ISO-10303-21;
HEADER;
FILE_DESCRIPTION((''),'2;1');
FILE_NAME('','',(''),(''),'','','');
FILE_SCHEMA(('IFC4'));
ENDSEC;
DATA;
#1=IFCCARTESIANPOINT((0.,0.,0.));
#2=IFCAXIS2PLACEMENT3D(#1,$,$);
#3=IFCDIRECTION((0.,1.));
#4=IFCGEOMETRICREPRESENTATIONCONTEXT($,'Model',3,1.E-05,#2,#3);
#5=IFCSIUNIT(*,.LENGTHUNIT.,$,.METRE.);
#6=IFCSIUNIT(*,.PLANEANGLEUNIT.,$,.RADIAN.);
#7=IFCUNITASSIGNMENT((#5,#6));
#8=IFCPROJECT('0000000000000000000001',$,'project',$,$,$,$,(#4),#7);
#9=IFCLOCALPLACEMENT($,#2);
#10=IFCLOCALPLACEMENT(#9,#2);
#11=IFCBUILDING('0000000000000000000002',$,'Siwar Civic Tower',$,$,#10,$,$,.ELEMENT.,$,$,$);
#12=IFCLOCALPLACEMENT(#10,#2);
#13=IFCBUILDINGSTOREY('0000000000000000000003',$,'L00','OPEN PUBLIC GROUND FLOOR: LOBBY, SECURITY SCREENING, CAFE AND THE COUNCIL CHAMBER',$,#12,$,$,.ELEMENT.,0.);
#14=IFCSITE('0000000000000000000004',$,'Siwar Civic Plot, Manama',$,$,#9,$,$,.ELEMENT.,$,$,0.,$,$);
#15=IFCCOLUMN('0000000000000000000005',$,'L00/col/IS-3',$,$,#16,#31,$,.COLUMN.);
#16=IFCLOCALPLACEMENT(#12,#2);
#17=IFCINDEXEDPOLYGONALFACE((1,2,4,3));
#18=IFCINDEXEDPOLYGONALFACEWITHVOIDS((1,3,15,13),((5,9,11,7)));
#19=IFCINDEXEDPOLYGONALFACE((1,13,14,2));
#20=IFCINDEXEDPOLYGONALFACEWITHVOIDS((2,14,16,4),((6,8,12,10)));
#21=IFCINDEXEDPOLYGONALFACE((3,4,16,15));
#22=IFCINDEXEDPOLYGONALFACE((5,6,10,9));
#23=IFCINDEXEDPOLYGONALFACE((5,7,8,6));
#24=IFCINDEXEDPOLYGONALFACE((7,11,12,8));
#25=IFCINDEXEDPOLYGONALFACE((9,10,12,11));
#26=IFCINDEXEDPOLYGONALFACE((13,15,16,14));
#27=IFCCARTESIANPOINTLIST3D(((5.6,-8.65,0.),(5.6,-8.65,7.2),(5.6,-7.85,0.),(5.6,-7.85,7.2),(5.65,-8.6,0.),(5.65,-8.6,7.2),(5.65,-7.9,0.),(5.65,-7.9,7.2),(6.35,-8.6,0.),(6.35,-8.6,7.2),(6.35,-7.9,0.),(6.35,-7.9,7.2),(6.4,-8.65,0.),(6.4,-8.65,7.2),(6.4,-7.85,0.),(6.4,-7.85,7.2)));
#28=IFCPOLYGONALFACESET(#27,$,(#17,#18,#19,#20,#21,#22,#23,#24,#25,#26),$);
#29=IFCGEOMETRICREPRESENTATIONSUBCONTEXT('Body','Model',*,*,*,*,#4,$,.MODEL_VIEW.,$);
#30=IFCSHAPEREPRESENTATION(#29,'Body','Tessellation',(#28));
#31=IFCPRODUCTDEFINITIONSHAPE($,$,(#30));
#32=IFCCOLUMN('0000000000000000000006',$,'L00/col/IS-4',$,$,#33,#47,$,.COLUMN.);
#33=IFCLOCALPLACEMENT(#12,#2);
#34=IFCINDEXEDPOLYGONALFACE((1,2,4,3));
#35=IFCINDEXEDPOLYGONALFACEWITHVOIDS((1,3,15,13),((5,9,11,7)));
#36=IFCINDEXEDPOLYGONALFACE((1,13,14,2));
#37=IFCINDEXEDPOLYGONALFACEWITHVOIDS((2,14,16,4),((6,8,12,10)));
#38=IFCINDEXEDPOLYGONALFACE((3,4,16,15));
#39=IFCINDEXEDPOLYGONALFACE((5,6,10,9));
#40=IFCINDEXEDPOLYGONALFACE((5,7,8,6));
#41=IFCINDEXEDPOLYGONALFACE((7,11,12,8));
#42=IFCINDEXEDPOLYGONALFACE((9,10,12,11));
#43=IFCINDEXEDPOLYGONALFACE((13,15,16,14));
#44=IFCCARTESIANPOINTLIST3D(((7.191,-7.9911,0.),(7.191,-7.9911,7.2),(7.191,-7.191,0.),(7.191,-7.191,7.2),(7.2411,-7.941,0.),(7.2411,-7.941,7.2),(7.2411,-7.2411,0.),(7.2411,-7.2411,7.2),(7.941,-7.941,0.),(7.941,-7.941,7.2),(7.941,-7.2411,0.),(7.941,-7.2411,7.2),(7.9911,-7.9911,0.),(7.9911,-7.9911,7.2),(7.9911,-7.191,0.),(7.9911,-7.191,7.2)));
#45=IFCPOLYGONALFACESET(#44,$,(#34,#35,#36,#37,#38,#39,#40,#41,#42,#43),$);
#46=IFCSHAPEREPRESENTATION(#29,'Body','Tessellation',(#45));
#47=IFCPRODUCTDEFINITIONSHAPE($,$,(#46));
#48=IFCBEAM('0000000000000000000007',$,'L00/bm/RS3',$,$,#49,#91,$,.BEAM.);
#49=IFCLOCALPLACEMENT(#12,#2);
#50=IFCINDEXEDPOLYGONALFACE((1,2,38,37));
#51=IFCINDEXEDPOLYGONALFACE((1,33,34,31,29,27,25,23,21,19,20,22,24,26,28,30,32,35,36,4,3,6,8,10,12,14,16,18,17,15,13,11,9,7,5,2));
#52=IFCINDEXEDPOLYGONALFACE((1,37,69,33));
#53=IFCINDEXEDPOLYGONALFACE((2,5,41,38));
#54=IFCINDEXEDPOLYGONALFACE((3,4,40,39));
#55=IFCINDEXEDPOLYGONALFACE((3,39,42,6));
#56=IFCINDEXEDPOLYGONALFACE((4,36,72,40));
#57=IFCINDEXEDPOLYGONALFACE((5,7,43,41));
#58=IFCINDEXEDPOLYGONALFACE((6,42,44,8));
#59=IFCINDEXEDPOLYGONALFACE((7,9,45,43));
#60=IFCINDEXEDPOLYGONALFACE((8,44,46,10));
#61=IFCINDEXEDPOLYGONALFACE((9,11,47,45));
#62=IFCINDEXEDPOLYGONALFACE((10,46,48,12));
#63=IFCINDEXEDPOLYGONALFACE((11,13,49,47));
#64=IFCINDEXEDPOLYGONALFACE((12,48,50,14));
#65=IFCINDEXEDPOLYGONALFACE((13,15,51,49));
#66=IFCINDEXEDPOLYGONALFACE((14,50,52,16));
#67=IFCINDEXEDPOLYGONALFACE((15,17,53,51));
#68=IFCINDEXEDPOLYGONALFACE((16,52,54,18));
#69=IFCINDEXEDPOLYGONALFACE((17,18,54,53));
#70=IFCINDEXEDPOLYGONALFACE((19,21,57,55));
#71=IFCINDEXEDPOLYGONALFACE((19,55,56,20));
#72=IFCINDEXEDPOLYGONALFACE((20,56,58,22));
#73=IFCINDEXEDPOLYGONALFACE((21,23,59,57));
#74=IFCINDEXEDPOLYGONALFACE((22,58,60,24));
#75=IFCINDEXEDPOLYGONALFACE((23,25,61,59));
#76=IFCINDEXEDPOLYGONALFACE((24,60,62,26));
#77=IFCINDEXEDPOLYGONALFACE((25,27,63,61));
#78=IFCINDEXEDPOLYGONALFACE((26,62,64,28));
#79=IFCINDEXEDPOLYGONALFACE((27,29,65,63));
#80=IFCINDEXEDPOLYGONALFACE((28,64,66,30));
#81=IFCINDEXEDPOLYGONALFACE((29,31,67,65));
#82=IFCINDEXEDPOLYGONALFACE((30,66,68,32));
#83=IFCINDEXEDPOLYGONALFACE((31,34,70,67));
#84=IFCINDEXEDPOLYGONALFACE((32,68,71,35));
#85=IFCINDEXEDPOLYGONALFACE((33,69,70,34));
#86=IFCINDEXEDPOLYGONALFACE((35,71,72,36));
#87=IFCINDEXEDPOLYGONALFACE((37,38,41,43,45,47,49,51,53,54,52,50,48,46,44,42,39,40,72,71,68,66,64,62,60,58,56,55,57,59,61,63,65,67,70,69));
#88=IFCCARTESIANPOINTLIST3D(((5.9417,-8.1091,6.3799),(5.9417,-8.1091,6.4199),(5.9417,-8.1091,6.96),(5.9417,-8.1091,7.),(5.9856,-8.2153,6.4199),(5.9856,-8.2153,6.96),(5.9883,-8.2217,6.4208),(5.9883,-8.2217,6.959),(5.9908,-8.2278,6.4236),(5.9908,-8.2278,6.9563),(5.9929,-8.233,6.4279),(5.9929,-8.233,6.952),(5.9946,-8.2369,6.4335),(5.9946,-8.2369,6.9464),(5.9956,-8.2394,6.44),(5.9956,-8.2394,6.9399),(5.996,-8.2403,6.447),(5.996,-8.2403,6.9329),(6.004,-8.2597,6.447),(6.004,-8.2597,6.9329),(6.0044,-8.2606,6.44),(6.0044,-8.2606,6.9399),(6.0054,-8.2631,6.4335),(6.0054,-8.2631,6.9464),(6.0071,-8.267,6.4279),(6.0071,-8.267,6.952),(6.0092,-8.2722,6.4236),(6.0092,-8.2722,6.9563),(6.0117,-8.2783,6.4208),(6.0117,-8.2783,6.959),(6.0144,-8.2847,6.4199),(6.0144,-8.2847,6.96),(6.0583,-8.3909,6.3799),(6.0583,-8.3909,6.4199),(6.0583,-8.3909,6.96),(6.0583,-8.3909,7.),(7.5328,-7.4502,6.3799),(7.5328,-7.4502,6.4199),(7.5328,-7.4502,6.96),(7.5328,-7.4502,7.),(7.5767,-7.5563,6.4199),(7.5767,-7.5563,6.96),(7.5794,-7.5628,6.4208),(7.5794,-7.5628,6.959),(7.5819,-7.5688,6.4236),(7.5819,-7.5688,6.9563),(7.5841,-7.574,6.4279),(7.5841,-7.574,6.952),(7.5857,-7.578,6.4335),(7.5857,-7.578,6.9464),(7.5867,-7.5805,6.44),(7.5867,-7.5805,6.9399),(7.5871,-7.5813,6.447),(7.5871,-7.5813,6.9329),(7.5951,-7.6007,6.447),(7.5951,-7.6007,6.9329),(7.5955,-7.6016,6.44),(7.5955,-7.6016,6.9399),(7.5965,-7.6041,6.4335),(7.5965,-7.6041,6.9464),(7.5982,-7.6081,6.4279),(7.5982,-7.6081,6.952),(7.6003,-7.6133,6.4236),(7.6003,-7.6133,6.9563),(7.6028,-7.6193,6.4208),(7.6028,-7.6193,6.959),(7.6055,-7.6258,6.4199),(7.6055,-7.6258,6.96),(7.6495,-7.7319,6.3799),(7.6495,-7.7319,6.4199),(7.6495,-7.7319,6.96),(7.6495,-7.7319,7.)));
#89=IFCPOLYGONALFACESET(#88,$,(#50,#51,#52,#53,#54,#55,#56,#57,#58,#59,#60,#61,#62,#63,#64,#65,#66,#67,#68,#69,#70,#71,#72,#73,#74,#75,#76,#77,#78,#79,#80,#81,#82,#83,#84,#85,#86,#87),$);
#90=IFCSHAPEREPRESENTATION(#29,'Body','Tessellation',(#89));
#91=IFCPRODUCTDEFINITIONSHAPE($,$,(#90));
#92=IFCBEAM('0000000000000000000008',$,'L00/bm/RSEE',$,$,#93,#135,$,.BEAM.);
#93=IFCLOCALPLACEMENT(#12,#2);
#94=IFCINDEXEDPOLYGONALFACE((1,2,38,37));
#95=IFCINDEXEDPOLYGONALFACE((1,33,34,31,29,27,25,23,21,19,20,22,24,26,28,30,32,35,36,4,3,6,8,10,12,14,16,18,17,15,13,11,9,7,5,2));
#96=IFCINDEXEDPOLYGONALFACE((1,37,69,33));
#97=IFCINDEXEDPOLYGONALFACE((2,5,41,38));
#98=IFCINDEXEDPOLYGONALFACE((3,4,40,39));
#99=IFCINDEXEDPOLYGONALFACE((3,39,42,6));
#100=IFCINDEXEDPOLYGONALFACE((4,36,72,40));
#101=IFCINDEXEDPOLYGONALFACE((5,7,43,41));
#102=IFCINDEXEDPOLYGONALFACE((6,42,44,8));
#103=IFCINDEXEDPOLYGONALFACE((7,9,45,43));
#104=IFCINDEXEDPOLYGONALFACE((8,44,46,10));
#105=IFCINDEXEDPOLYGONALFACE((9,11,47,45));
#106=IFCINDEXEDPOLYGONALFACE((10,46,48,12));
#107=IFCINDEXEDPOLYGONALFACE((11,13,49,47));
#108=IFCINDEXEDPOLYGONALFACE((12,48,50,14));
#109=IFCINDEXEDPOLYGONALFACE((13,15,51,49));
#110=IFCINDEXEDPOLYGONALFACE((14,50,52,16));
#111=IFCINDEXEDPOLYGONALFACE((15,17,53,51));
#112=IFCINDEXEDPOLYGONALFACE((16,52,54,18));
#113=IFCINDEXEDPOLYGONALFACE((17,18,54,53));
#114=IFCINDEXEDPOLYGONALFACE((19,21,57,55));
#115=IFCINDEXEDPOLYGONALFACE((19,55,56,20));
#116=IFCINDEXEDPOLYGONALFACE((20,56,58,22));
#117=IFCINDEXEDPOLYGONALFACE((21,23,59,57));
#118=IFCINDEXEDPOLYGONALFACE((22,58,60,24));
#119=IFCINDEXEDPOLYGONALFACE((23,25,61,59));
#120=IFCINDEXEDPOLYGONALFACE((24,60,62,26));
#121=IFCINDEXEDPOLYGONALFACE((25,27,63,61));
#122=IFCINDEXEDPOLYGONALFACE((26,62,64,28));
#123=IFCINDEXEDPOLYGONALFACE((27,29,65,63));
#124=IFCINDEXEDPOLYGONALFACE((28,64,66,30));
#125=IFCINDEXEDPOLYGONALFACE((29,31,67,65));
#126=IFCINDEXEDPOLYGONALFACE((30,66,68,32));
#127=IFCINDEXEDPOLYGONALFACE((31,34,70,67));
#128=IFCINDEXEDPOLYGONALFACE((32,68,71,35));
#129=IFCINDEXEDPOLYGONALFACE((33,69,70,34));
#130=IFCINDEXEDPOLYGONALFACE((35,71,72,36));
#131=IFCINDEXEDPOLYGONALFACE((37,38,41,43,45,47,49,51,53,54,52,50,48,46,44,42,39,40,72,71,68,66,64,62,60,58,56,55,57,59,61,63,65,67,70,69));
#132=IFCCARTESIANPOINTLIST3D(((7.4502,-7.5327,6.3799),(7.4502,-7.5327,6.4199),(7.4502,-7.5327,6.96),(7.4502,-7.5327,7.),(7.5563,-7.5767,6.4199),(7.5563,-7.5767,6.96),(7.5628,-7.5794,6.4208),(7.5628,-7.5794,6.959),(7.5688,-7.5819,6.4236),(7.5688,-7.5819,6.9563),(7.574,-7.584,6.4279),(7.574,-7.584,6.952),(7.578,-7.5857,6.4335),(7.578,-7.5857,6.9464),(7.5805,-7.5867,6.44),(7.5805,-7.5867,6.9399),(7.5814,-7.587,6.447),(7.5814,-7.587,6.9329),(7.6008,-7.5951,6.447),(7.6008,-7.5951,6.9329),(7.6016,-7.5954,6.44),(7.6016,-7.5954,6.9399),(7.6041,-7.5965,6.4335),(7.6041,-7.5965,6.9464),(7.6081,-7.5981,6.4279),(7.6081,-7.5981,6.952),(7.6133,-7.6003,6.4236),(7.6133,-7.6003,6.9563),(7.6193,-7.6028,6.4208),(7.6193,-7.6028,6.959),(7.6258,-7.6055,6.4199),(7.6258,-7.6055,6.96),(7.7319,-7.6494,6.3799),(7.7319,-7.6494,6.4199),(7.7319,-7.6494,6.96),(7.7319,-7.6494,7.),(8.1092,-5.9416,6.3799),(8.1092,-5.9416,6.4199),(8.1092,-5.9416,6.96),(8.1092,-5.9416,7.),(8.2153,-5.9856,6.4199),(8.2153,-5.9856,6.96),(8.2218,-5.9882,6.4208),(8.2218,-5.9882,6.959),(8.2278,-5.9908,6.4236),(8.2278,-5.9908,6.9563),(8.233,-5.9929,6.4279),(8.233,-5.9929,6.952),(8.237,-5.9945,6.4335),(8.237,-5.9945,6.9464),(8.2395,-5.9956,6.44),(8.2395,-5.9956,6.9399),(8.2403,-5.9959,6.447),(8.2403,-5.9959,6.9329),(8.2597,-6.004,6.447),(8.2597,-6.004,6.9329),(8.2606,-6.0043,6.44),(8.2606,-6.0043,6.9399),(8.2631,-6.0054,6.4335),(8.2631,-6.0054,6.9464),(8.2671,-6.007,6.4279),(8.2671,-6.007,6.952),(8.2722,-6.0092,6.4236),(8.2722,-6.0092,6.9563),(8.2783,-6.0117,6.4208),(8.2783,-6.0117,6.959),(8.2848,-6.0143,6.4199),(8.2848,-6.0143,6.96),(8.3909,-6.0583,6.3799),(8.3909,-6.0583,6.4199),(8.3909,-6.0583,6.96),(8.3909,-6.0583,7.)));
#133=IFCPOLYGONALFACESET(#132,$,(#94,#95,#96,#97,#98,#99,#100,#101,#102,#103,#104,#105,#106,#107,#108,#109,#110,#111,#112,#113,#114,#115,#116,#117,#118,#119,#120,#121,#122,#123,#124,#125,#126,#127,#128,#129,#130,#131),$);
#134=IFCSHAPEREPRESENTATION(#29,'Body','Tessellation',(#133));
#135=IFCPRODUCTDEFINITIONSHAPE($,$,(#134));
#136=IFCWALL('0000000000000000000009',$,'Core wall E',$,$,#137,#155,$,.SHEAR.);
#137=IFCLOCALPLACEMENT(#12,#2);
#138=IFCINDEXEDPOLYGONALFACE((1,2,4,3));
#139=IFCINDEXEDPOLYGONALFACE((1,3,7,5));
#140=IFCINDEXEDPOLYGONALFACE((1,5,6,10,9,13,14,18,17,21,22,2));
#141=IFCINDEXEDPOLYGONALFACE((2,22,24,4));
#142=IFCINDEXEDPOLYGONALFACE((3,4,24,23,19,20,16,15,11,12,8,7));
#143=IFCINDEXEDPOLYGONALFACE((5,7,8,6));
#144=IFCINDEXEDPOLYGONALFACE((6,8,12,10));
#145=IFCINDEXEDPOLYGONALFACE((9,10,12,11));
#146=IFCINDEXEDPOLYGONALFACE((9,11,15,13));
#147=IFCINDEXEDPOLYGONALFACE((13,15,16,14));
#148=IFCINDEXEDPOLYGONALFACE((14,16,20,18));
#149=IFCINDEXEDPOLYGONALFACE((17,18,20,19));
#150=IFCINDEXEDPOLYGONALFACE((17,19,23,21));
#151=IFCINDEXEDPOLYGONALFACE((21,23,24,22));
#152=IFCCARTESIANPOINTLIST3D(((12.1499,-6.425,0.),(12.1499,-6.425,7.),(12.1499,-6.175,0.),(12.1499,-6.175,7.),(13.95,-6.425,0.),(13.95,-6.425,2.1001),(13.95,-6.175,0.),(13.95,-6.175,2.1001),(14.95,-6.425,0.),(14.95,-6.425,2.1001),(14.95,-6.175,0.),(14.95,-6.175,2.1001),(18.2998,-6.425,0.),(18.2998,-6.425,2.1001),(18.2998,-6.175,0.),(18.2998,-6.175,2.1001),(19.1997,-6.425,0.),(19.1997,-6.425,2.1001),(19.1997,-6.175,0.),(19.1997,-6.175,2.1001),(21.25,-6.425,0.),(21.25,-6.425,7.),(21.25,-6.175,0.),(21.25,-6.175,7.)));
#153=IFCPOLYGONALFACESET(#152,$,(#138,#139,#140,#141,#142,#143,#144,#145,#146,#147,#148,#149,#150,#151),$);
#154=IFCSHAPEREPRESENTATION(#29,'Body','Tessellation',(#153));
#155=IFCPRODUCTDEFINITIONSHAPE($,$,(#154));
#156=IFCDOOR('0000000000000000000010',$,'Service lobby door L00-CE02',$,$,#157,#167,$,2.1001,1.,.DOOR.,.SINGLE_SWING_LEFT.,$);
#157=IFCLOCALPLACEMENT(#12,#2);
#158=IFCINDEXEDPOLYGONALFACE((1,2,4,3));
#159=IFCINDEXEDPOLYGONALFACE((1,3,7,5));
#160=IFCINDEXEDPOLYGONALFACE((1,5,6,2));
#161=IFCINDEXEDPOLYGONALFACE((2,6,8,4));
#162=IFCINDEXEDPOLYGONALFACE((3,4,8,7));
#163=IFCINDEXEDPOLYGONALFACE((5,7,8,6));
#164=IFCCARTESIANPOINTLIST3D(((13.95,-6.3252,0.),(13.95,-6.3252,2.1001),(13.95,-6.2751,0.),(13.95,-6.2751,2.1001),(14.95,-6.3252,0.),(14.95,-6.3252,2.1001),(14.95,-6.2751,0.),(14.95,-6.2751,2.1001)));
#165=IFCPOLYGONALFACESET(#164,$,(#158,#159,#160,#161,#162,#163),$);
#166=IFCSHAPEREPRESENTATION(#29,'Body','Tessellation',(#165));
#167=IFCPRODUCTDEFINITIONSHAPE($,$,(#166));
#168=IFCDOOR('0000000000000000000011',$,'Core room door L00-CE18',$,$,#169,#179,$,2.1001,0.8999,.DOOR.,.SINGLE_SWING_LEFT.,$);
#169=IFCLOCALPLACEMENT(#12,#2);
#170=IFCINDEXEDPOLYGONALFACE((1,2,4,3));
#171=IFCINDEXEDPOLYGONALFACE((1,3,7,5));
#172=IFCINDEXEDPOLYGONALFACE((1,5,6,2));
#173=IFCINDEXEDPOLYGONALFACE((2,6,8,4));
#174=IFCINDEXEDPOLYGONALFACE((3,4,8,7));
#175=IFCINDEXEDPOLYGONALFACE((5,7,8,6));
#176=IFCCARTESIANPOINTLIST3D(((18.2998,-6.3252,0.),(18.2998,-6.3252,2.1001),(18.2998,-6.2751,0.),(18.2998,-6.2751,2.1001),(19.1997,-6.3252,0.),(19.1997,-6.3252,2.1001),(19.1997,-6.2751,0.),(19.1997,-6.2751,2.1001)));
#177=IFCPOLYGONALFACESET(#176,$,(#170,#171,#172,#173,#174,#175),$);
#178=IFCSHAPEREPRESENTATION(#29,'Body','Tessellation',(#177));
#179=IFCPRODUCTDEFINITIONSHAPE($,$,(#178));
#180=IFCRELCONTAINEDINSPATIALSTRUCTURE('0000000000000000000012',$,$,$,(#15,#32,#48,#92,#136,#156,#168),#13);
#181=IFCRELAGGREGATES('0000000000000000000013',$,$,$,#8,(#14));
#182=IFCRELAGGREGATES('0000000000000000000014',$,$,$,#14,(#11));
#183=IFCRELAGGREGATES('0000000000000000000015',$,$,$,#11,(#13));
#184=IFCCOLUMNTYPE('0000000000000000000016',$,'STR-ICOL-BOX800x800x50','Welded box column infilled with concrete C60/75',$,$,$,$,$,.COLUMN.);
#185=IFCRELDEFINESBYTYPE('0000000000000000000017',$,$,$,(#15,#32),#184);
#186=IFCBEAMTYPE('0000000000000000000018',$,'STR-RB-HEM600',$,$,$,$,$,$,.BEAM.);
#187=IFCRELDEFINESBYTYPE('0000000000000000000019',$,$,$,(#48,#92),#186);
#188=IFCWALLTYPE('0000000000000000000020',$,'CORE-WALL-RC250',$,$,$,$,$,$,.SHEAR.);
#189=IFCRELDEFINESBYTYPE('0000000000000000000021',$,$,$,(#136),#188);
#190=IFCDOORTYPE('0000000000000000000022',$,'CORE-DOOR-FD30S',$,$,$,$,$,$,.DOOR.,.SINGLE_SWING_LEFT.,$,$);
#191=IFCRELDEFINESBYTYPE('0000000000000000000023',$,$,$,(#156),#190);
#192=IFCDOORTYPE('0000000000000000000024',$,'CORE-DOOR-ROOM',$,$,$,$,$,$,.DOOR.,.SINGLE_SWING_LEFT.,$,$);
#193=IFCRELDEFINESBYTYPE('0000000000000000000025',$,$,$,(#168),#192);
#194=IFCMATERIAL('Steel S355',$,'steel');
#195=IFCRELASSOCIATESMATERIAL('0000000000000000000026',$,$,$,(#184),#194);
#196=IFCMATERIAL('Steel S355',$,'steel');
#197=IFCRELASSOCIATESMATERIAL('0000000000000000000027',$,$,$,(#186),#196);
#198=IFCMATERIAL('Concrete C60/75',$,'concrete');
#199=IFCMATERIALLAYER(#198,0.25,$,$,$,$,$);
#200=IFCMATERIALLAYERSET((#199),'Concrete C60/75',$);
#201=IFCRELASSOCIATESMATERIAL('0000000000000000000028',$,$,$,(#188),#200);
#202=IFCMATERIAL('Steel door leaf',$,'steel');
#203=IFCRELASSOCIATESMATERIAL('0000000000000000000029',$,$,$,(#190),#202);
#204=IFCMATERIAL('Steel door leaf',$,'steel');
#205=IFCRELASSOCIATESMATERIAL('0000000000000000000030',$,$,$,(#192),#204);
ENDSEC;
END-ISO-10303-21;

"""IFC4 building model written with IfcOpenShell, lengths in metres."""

from ifc_helpers import new_model, si_unit, direction, frame, frame_2d, origin, origin_2d, place, context, subcontext, project, spatial, rectangle, hollow_rectangle, i_section, extrude, material, layer, layer_set, material_profile, profile_set, type_object, element, fill, save


model = new_model("IFC4")

# Units and contexts
model_context = context("Model", 3, precision=1e-05, world=origin(), true_north=direction((0.0, 1.0)))
body_context = subcontext(model_context, "Body", "Model", "MODEL_VIEW")
ifc_project = project(units=[si_unit("LENGTHUNIT", "METRE"), si_unit("PLANEANGLEUNIT", "RADIAN")], contexts=[model_context])

# Site, building, storey
site_placement = place(None, origin())
site = spatial("IfcSite", under=ifc_project, at=site_placement, Name="Siwar Civic Plot, Manama", CompositionType="ELEMENT", RefElevation=0.0)
building_placement = place(site_placement, origin())
building = spatial("IfcBuilding", under=site, at=building_placement, Name="Siwar Civic Tower", CompositionType="ELEMENT")
storey_placement = place(building_placement, origin())
storey = spatial("IfcBuildingStorey", under=building, at=storey_placement, Name="L00", Description="OPEN PUBLIC GROUND FLOOR: LOBBY, SECURITY SCREENING, CAFE AND THE COUNCIL CHAMBER", CompositionType="ELEMENT", Elevation=0.0)

# Columns
ifc_material_1 = material(Name="Steel S355", Category="steel")
ifc_material_profile_1 = material_profile(ifc_material_1, hollow_rectangle(XDim=0.8, YDim=0.8, WallThickness=0.05, at=origin_2d()), Name="BOX800x800x50")
ifc_profile_set_1 = profile_set([ifc_material_profile_1], Name="Steel S355")
column_type = type_object("IfcColumnType", Name="STR-ICOL-BOX800x800x50", Description="Welded box column infilled with concrete C60/75", PredefinedType="COLUMN", material=ifc_profile_set_1)
for number, where, z_axis, x_axis, name in (
    (1, (6.0, -8.25, 0.0), (0.0, 0.0, 1.0), (1.0, 0.0, 0.0), "L00/col/IS-3"),
    (2, (7.5911, -7.5911, 0.0), (0.0, 0.0, 1.0), (1.0, 0.0, 0.0), "L00/col/IS-4"),
):
    element("IfcColumn", number, at=place(storey_placement, frame(where, z_axis=z_axis, x_axis=x_axis)), inside=storey, type_object=column_type, Name=name, PredefinedType="COLUMN", context=body_context, shape_type="SweptSolid", body=[
        extrude(hollow_rectangle(XDim=0.8, YDim=0.8, WallThickness=0.05, at=origin_2d()), origin(), (0.0, 0.0, 1.0), 7.2),
    ])

# Beams
ifc_material_2 = material(Name="Steel S355", Category="steel")
ifc_material_profile_2 = material_profile(ifc_material_2, i_section(OverallWidth=0.3049, OverallDepth=0.6201, WebThickness=0.021, FlangeThickness=0.04, FilletRadius=0.0271, at=origin_2d()), Name="HEM600")
ifc_profile_set_2 = profile_set([ifc_material_profile_2], Name="Steel S355")
beam_type = type_object("IfcBeamType", Name="STR-RB-HEM600", PredefinedType="BEAM", material=ifc_profile_set_2)
for number, where, z_axis, x_axis, name in (
    (3, (6.0, -8.25, 6.6899), (0.923901, 0.382631, 0.0), (-0.382631, 0.923901, 0.0), "L00/bm/RS3"),
    (4, (7.5911, -7.5911, 6.6899), (0.382631, 0.923901, 0.0), (-0.923901, 0.382631, 0.0), "L00/bm/RSEE"),
):
    element("IfcBeam", number, at=place(storey_placement, frame(where, z_axis=z_axis, x_axis=x_axis)), inside=storey, type_object=beam_type, Name=name, PredefinedType="BEAM", context=body_context, shape_type="SweptSolid", body=[
        extrude(i_section(OverallWidth=0.3049, OverallDepth=0.6201, WebThickness=0.021, FlangeThickness=0.04, FilletRadius=0.0271, at=origin_2d()), origin(), (0.0, 0.0, 1.0), 1.7222),
    ])

# Wall, openings, doors
ifc_material_3 = material(Name="Concrete C60/75", Category="concrete")
ifc_layer_1 = layer(ifc_material_3, 0.25)
ifc_layer_set_1 = layer_set([ifc_layer_1], Name="Concrete C60/75")
wall_type_1 = type_object("IfcWallType", Name="CORE-WALL-RC250", PredefinedType="SHEAR", material=ifc_layer_set_1)
wall_1_placement = place(storey_placement, frame((12.1499, -6.3, 0.0), z_axis=(0.0, 0.0, 1.0), x_axis=(1.0, 0.0, 0.0)))
wall_1 = element("IfcWall", 5, at=wall_1_placement, inside=storey, type_object=wall_type_1, Name="Core wall E", PredefinedType="SHEAR", context=body_context, shape_type="SweptSolid", body=[
    extrude(rectangle(XDim=9.1001, YDim=0.25, at=frame_2d((4.55, 0.0))), origin(), (0.0, 0.0, 1.0), 7.0),
])
opening_1_placement = place(wall_1_placement, frame((1.8, 0.0, 0.0)))
opening_1 = element("IfcOpeningElement", 6, at=opening_1_placement, cuts=wall_1, PredefinedType="OPENING", context=body_context, shape_type="SweptSolid", body=[
    extrude(rectangle(XDim=1.0, YDim=2.1001, at=frame_2d((0.5, 1.05))), frame((0.0, 0.135, 0.0), z_axis=(0.0, -1.0, 0.0), x_axis=(1.0, 0.0, 0.0)), (0.0, 0.0, 1.0), 0.27),
])
opening_2_placement = place(wall_1_placement, frame((6.1499, 0.0, 0.0)))
opening_2 = element("IfcOpeningElement", 7, at=opening_2_placement, cuts=wall_1, PredefinedType="OPENING", context=body_context, shape_type="SweptSolid", body=[
    extrude(rectangle(XDim=0.8999, YDim=2.1001, at=frame_2d((0.45, 1.05))), frame((0.0, 0.135, 0.0), z_axis=(0.0, -1.0, 0.0), x_axis=(1.0, 0.0, 0.0)), (0.0, 0.0, 1.0), 0.27),
])
ifc_material_4 = material(Name="Steel door leaf", Category="steel")
door_type_1 = type_object("IfcDoorType", Name="CORE-DOOR-FD30S", OperationType="SINGLE_SWING_LEFT", PredefinedType="DOOR", material=ifc_material_4)
door_1_placement = place(opening_1_placement, origin())
door_1 = element("IfcDoor", 8, at=door_1_placement, inside=storey, type_object=door_type_1, Name="Service lobby door L00-CE02", OperationType="SINGLE_SWING_LEFT", OverallHeight=2.1001, OverallWidth=1.0, PredefinedType="DOOR", context=body_context, shape_type="SweptSolid", body=[
    extrude(rectangle(XDim=1.0, YDim=2.1001, at=frame_2d((0.5, 1.05))), frame((0.0, 0.0249, 0.0), z_axis=(0.0, -1.0, 0.0), x_axis=(1.0, 0.0, 0.0)), (0.0, 0.0, 1.0), 0.05),
])
fill(opening_1, door_1)
ifc_material_5 = material(Name="Steel door leaf", Category="steel")
door_type_2 = type_object("IfcDoorType", Name="CORE-DOOR-ROOM", OperationType="SINGLE_SWING_LEFT", PredefinedType="DOOR", material=ifc_material_5)
door_2_placement = place(opening_2_placement, origin())
door_2 = element("IfcDoor", 9, at=door_2_placement, inside=storey, type_object=door_type_2, Name="Core room door L00-CE18", OperationType="SINGLE_SWING_LEFT", OverallHeight=2.1001, OverallWidth=0.8999, PredefinedType="DOOR", context=body_context, shape_type="SweptSolid", body=[
    extrude(rectangle(XDim=0.8999, YDim=2.1001, at=frame_2d((0.45, 1.05))), frame((0.0, 0.0249, 0.0), z_axis=(0.0, -1.0, 0.0), x_axis=(1.0, 0.0, 0.0)), (0.0, 0.0, 1.0), 0.05),
])
fill(opening_2, door_2)

save(model, "model.ifc")
